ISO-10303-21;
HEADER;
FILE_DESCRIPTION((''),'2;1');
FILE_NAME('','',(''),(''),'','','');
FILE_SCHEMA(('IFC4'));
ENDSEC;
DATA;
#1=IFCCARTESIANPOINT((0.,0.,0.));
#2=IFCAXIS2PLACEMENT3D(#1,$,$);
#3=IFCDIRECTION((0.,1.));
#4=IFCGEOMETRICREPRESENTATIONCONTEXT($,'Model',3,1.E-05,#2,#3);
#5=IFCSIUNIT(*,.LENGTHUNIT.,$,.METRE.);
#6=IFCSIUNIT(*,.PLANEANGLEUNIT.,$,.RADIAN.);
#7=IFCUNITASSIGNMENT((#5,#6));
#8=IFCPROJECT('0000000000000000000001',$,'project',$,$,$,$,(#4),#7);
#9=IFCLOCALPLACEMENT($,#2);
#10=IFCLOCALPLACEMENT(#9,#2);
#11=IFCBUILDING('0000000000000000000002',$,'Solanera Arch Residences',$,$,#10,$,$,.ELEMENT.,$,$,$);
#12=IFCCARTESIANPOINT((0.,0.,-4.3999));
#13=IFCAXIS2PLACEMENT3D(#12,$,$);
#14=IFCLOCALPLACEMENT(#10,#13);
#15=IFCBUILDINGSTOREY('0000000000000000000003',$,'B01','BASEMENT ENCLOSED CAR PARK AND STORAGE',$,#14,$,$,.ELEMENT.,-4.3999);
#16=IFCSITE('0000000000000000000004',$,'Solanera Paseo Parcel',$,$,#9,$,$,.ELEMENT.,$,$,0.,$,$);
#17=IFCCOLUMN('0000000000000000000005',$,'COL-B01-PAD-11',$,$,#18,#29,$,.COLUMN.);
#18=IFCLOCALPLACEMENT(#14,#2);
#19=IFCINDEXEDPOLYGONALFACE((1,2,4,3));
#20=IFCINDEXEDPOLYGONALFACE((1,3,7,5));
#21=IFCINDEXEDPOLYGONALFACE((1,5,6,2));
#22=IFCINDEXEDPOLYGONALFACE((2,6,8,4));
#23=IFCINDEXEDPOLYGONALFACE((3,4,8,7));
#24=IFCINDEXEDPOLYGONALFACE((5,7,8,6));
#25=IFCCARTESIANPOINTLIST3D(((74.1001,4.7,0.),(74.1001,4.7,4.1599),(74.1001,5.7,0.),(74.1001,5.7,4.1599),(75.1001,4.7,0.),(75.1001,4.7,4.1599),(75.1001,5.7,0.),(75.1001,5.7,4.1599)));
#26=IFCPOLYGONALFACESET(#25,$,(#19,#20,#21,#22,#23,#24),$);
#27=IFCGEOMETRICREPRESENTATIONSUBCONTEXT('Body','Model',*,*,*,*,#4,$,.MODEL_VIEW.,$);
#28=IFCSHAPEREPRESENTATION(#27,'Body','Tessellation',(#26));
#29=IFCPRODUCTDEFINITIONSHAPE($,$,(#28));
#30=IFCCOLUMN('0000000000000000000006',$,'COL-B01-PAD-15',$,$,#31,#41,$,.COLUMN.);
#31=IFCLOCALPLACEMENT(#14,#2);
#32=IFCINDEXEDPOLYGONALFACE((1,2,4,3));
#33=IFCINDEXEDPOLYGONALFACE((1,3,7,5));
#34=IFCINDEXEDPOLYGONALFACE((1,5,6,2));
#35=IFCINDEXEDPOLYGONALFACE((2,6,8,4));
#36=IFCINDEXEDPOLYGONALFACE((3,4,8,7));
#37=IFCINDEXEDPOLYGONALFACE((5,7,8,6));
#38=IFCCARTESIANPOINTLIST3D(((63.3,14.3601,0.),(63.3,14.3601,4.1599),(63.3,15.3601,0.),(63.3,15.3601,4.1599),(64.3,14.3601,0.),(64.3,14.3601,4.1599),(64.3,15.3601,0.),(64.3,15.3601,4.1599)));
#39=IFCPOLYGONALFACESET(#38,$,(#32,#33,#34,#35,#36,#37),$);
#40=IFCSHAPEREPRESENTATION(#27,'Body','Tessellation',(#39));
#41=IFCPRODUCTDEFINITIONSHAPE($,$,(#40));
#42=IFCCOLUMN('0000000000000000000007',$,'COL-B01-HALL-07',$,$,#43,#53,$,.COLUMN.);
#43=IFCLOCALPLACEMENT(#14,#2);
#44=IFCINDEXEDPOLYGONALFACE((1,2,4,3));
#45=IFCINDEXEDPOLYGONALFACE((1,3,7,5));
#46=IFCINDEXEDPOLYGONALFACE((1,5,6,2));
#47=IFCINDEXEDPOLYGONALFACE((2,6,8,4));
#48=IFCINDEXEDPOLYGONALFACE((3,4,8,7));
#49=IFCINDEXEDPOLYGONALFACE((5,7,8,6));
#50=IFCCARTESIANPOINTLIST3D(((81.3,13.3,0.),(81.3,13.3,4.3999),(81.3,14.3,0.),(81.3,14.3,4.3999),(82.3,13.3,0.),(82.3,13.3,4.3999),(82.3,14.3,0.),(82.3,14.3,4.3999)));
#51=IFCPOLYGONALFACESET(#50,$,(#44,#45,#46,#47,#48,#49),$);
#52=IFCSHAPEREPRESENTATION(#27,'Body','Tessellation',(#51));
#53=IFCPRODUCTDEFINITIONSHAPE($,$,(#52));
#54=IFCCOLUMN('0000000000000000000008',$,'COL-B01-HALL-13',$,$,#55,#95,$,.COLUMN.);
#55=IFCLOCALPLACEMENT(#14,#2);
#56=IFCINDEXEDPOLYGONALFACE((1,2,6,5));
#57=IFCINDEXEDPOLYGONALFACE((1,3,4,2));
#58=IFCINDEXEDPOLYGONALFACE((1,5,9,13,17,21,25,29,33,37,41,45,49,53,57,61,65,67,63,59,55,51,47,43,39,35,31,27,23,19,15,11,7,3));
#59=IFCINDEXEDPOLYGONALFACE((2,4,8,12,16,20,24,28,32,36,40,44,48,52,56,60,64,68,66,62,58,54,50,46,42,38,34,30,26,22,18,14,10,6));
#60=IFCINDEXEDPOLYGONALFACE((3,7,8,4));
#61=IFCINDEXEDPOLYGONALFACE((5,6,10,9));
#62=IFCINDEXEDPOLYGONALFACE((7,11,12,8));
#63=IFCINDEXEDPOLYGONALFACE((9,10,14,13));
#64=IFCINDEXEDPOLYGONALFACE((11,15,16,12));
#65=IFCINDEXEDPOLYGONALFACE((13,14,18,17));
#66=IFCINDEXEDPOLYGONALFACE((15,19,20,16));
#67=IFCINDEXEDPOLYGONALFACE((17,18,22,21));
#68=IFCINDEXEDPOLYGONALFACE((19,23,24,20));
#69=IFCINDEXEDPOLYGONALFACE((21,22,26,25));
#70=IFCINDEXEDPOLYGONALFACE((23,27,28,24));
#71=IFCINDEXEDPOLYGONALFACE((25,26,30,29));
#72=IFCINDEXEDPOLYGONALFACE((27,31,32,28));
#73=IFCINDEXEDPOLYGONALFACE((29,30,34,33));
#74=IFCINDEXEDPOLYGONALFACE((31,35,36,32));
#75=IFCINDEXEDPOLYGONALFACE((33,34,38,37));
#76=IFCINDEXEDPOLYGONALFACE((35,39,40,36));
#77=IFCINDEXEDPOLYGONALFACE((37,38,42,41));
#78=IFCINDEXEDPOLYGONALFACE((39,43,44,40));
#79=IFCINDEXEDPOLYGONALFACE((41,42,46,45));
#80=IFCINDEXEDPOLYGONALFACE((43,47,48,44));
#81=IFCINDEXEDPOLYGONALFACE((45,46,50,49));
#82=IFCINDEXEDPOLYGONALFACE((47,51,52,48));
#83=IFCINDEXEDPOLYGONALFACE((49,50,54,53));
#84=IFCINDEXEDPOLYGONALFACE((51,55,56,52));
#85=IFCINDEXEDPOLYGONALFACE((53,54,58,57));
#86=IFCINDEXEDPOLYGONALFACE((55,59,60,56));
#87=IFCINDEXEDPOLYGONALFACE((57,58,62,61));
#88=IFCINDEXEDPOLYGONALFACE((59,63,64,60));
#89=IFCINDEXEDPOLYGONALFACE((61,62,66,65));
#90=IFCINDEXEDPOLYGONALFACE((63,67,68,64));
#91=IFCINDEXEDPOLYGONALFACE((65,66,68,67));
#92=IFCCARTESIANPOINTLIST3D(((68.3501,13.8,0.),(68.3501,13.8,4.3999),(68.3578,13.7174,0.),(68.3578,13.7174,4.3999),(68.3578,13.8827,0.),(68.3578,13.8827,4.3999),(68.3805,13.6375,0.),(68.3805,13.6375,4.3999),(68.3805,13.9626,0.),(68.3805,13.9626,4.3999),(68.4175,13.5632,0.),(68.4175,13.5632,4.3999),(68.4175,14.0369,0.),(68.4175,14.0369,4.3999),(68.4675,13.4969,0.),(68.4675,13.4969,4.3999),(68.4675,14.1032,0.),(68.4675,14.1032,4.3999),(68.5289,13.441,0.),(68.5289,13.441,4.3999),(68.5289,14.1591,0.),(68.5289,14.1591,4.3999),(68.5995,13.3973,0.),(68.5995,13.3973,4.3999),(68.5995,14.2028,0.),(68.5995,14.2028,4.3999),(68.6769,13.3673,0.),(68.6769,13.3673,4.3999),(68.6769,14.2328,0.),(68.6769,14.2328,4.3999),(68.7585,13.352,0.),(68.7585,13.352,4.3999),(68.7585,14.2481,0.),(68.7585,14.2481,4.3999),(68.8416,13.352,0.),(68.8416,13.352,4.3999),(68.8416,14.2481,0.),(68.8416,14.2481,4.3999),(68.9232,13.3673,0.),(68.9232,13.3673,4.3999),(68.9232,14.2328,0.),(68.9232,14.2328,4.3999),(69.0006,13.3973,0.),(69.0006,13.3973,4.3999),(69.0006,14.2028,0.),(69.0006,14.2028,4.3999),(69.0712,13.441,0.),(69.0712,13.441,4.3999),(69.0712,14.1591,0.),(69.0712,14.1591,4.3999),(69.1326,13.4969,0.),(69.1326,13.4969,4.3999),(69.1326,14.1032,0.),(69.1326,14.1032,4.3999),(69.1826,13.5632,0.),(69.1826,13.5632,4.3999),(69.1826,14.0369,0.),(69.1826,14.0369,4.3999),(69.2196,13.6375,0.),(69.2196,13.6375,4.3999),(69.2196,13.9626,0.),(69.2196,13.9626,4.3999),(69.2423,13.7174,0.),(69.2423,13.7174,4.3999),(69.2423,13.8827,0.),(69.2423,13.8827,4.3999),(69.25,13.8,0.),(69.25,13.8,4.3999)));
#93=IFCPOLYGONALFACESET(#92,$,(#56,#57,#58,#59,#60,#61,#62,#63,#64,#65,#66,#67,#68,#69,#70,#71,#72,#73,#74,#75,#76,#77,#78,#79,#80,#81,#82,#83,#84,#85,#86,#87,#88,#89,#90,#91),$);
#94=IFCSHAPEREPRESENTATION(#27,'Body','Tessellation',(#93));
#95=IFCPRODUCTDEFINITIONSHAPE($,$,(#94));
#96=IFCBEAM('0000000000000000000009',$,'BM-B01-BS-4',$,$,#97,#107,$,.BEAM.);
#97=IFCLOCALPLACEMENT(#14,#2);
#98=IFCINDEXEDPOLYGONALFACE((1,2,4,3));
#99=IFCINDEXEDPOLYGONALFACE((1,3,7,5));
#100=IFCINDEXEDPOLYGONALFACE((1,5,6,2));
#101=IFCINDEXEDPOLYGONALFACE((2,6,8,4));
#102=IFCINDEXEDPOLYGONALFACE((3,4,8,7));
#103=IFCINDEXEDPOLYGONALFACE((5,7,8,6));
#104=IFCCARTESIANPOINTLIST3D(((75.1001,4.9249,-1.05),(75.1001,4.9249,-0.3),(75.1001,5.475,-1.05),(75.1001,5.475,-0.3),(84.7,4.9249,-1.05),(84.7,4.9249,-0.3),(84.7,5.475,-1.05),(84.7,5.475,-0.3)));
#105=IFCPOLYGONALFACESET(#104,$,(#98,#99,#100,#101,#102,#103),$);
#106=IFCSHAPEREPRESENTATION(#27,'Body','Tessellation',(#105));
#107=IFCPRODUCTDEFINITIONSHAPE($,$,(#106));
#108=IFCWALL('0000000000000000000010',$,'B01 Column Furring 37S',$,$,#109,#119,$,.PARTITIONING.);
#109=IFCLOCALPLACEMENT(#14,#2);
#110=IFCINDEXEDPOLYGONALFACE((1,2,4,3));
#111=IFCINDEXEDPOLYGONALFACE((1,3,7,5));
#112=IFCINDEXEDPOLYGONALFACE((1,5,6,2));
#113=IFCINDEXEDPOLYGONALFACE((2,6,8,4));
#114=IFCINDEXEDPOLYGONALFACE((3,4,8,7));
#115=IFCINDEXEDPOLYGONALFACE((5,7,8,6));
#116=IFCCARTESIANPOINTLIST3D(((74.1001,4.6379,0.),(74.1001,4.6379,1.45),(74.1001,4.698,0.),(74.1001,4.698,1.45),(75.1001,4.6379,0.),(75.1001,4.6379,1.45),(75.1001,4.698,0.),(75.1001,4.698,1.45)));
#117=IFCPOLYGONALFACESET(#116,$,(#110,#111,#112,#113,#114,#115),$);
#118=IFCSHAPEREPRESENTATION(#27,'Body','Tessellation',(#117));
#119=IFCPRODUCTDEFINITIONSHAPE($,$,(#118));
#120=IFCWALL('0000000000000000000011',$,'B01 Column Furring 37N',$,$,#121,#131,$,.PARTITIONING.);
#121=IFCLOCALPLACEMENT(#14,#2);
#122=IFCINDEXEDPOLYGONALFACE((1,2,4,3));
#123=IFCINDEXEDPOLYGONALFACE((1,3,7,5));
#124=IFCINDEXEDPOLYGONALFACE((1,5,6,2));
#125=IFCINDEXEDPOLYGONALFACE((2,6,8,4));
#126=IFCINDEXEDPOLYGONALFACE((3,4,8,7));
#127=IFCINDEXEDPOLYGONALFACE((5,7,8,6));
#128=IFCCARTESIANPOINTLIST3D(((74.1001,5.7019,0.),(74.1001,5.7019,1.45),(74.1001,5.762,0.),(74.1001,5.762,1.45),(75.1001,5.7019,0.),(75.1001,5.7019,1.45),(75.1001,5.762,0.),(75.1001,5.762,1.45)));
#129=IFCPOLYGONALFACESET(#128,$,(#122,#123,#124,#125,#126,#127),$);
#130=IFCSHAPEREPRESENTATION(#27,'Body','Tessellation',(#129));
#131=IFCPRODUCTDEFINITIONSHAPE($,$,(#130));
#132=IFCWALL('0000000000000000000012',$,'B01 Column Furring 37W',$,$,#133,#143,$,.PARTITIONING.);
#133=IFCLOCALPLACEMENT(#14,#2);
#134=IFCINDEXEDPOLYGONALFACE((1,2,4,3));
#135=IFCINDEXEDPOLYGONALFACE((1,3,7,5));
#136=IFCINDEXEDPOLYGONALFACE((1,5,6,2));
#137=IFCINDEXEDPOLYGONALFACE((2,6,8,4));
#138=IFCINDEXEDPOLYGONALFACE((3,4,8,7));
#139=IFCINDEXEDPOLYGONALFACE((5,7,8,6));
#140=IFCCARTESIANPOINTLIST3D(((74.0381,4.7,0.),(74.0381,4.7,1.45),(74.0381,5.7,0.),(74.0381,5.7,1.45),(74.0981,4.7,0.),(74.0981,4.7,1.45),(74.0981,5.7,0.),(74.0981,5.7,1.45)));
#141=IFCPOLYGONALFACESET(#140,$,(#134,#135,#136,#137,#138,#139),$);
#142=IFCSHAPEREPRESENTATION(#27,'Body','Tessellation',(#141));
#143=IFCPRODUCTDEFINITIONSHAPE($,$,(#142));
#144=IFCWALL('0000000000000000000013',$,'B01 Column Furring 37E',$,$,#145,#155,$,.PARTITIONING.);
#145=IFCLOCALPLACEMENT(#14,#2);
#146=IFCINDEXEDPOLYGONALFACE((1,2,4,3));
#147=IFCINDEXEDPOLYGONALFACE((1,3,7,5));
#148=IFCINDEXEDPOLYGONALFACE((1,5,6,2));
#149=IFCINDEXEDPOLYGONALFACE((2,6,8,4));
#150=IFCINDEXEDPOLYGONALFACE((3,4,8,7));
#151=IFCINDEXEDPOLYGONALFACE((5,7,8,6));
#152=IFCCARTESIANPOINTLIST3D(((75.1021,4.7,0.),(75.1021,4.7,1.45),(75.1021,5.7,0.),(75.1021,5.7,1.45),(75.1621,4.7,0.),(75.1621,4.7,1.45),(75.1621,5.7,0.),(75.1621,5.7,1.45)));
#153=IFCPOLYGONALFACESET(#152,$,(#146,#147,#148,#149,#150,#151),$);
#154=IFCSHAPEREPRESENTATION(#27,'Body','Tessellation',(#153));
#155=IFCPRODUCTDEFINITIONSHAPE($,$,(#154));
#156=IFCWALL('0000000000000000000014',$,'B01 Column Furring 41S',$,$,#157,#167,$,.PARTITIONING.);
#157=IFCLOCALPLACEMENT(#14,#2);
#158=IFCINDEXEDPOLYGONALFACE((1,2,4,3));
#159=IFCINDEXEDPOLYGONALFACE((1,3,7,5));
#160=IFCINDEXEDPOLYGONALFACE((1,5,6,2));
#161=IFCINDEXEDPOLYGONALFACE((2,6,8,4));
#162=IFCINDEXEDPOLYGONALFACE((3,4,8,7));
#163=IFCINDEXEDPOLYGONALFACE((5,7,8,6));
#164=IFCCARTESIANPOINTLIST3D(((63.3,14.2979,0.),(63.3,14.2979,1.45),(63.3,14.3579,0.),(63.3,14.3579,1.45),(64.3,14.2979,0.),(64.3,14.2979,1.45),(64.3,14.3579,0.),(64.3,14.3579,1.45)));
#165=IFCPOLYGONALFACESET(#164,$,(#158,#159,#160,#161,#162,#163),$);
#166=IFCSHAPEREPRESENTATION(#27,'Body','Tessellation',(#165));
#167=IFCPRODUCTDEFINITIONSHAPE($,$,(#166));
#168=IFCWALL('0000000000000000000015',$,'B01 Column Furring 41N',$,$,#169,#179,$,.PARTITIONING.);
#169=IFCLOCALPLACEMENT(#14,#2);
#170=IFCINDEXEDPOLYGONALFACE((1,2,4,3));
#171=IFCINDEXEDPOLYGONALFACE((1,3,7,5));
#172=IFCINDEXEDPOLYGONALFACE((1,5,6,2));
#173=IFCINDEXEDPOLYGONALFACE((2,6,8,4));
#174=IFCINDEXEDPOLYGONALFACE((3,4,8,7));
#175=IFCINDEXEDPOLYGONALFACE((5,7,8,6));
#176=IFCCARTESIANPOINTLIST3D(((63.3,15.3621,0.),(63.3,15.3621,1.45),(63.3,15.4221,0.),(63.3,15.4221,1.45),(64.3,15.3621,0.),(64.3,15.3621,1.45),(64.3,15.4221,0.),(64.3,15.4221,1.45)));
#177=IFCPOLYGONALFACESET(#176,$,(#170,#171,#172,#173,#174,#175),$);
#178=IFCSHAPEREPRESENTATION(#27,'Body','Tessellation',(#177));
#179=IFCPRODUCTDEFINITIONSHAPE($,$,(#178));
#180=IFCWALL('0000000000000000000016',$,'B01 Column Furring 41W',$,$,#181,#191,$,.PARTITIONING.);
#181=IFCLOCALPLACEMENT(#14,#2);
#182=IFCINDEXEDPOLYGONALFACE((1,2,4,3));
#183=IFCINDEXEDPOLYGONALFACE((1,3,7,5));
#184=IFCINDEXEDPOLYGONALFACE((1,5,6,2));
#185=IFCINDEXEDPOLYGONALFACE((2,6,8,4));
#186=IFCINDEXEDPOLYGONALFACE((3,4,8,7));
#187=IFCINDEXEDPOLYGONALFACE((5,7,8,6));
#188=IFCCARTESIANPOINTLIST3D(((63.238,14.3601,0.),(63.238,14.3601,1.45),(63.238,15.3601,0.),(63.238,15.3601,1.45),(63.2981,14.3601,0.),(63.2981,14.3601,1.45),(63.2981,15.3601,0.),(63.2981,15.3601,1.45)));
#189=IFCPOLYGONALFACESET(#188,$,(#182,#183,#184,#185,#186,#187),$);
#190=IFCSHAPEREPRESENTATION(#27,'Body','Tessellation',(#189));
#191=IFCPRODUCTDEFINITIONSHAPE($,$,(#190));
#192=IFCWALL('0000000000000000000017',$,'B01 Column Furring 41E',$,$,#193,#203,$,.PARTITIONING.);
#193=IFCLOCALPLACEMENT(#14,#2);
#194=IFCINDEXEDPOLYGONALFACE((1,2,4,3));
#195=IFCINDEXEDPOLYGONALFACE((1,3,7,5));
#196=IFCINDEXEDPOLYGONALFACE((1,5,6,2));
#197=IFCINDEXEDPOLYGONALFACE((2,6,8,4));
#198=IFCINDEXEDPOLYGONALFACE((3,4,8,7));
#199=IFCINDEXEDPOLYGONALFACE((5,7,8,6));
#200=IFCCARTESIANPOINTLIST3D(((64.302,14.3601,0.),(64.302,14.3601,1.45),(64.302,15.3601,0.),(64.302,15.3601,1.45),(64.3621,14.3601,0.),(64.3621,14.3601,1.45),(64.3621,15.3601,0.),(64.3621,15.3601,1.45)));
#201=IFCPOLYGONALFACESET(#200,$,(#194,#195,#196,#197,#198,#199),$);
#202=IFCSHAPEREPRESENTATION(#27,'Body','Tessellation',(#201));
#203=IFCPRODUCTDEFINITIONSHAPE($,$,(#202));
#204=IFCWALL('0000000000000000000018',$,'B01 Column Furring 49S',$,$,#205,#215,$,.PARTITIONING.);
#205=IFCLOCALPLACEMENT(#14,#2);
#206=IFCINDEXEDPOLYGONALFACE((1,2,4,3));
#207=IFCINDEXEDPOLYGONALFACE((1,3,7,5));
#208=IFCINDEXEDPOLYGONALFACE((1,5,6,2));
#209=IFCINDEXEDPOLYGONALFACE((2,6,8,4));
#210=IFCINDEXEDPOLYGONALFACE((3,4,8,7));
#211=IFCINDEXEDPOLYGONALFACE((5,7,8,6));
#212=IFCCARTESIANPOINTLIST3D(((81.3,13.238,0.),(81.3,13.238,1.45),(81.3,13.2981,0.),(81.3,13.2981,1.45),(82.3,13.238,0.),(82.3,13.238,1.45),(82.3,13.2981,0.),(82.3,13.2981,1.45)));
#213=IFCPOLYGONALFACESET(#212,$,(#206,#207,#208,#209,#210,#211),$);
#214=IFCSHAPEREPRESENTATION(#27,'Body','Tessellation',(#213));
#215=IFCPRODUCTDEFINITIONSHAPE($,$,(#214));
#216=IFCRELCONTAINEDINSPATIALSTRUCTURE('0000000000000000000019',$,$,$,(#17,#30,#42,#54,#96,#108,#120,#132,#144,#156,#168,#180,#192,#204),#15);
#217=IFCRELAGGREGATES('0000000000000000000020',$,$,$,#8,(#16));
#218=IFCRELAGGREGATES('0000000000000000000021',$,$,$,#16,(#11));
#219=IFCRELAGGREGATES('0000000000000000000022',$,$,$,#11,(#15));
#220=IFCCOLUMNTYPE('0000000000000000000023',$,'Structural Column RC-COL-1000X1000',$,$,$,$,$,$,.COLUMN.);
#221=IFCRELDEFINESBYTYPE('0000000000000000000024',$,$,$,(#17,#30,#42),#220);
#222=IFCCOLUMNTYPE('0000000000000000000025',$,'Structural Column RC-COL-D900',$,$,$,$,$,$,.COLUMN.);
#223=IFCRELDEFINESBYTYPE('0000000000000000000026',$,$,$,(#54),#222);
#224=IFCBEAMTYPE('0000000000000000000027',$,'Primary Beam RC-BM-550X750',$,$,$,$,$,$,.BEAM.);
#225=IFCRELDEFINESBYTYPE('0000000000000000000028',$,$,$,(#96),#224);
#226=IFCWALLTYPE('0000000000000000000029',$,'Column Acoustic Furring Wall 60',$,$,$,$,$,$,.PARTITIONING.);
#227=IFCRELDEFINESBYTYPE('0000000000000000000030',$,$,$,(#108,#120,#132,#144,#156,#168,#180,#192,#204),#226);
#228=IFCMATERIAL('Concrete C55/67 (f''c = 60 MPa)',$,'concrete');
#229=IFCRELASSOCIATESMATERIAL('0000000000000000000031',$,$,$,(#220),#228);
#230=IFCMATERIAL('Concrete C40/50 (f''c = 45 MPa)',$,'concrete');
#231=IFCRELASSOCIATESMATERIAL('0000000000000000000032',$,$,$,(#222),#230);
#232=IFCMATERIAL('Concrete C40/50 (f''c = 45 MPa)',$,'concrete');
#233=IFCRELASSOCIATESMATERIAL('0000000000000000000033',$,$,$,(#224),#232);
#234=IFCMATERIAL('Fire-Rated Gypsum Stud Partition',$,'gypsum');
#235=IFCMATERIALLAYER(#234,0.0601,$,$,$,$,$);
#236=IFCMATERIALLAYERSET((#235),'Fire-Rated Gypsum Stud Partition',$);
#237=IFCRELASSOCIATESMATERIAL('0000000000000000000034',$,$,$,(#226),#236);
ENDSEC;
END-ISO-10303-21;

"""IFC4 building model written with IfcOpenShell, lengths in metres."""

from ifc_helpers import new_model, si_unit, direction, frame, frame_2d, origin, origin_2d, place, context, subcontext, project, spatial, rectangle, circle, extrude, material, layer, layer_set, material_profile, profile_set, type_object, element, save


model = new_model("IFC4")

# Units and contexts
model_context = context("Model", 3, precision=1e-05, world=origin(), true_north=direction((0.0, 1.0)))
body_context = subcontext(model_context, "Body", "Model", "MODEL_VIEW")
ifc_project = project(units=[si_unit("LENGTHUNIT", "METRE"), si_unit("PLANEANGLEUNIT", "RADIAN")], contexts=[model_context])

# Site, building, storey
site_placement = place(None, origin())
site = spatial("IfcSite", under=ifc_project, at=site_placement, Name="Solanera Paseo Parcel", CompositionType="ELEMENT", RefElevation=0.0)
building_placement = place(site_placement, origin())
building = spatial("IfcBuilding", under=site, at=building_placement, Name="Solanera Arch Residences", CompositionType="ELEMENT")
storey_placement = place(building_placement, frame((0.0, 0.0, -4.3999)))
storey = spatial("IfcBuildingStorey", under=building, at=storey_placement, Name="B01", Description="BASEMENT ENCLOSED CAR PARK AND STORAGE", CompositionType="ELEMENT", Elevation=-4.3999)

# Columns
ifc_material_1 = material(Name="Concrete C55/67 (f'c = 60 MPa)", Category="concrete")
ifc_material_profile_1 = material_profile(ifc_material_1, rectangle(XDim=1.0, YDim=1.0, at=origin_2d()))
ifc_profile_set_1 = profile_set([ifc_material_profile_1], Name="Concrete C55/67 (f'c = 60 MPa)")
column_type_1 = type_object("IfcColumnType", Name="Structural Column RC-COL-1000X1000", PredefinedType="COLUMN", material=ifc_profile_set_1)
for number, where, z_axis, x_axis, name in (
    (1, (74.6001, 5.2, 0.0), (0.0, 0.0, 1.0), (1.0, 0.0, 0.0), "COL-B01-PAD-11"),
    (2, (63.8, 14.8601, 0.0), (0.0, 0.0, 1.0), (1.0, 0.0, 0.0), "COL-B01-PAD-15"),
):
    element("IfcColumn", number, at=place(storey_placement, frame(where, z_axis=z_axis, x_axis=x_axis)), inside=storey, type_object=column_type_1, Name=name, PredefinedType="COLUMN", context=body_context, shape_type="SweptSolid", body=[
        extrude(rectangle(XDim=1.0, YDim=1.0, at=origin_2d()), origin(), (0.0, 0.0, 1.0), 4.1599),
    ])
column_1_placement = place(storey_placement, frame((81.8, 13.8, 0.0), z_axis=(0.0, 0.0, 1.0), x_axis=(1.0, 0.0, 0.0)))
element("IfcColumn", 3, at=column_1_placement, inside=storey, type_object=column_type_1, Name="COL-B01-HALL-07", PredefinedType="COLUMN", context=body_context, shape_type="SweptSolid", body=[
    extrude(rectangle(XDim=1.0, YDim=1.0, at=origin_2d()), origin(), (0.0, 0.0, 1.0), 4.3999),
])
ifc_material_2 = material(Name="Concrete C40/50 (f'c = 45 MPa)", Category="concrete")
ifc_material_profile_2 = material_profile(ifc_material_2, circle(Radius=0.45, at=origin_2d()))
ifc_profile_set_2 = profile_set([ifc_material_profile_2], Name="Concrete C40/50 (f'c = 45 MPa)")
column_type_2 = type_object("IfcColumnType", Name="Structural Column RC-COL-D900", PredefinedType="COLUMN", material=ifc_profile_set_2)
column_2_placement = place(storey_placement, frame((68.8, 13.8, 0.0), z_axis=(0.0, 0.0, 1.0), x_axis=(1.0, 0.0, 0.0)))
element("IfcColumn", 4, at=column_2_placement, inside=storey, type_object=column_type_2, Name="COL-B01-HALL-13", PredefinedType="COLUMN", context=body_context, shape_type="SweptSolid", body=[
    extrude(circle(Radius=0.45, at=origin_2d()), origin(), (0.0, 0.0, 1.0), 4.3999),
])

# Beam
ifc_material_3 = material(Name="Concrete C40/50 (f'c = 45 MPa)", Category="concrete")
ifc_material_profile_3 = material_profile(ifc_material_3, rectangle(XDim=0.55, YDim=0.75, at=origin_2d()))
ifc_profile_set_3 = profile_set([ifc_material_profile_3], Name="Concrete C40/50 (f'c = 45 MPa)")
beam_type = type_object("IfcBeamType", Name="Primary Beam RC-BM-550X750", PredefinedType="BEAM", material=ifc_profile_set_3)
beam_placement = place(storey_placement, frame((75.1001, 5.2, -0.675), z_axis=(1.0, 0.0, 0.0), x_axis=(0.0, 1.0, 0.0)))
element("IfcBeam", 5, at=beam_placement, inside=storey, type_object=beam_type, Name="BM-B01-BS-4", PredefinedType="BEAM", context=body_context, shape_type="SweptSolid", body=[
    extrude(rectangle(XDim=0.55, YDim=0.75, at=origin_2d()), origin(), (0.0, 0.0, 1.0), 9.5999),
])

# Walls
ifc_material_4 = material(Name="Fire-Rated Gypsum Stud Partition", Category="gypsum")
ifc_layer_1 = layer(ifc_material_4, 0.0601)
ifc_layer_set_1 = layer_set([ifc_layer_1], Name="Fire-Rated Gypsum Stud Partition")
wall_type_1 = type_object("IfcWallType", Name="Column Acoustic Furring Wall 60", PredefinedType="PARTITIONING", material=ifc_layer_set_1)
for number, where, z_axis, x_axis, name in (
    (6, (74.1001, 4.668, 0.0), (0.0, 0.0, 1.0), (1.0, 0.0, 0.0), "B01 Column Furring 37S"),
    (7, (74.1001, 5.7319, 0.0), (0.0, 0.0, 1.0), (1.0, 0.0, 0.0), "B01 Column Furring 37N"),
    (8, (74.0681, 4.7, 0.0), (0.0, 0.0, 1.0), (0.0, 1.0, 0.0), "B01 Column Furring 37W"),
    (9, (75.1321, 4.7, 0.0), (0.0, 0.0, 1.0), (0.0, 1.0, 0.0), "B01 Column Furring 37E"),
    (10, (63.3, 14.3279, 0.0), (0.0, 0.0, 1.0), (1.0, 0.0, 0.0), "B01 Column Furring 41S"),
    (11, (63.3, 15.3921, 0.0), (0.0, 0.0, 1.0), (1.0, 0.0, 0.0), "B01 Column Furring 41N"),
    (12, (63.2681, 14.3601, 0.0), (0.0, 0.0, 1.0), (0.0, 1.0, 0.0), "B01 Column Furring 41W"),
    (13, (64.332, 14.3601, 0.0), (0.0, 0.0, 1.0), (0.0, 1.0, 0.0), "B01 Column Furring 41E"),
    (14, (81.3, 13.2681, 0.0), (0.0, 0.0, 1.0), (1.0, 0.0, 0.0), "B01 Column Furring 49S"),
):
    element("IfcWall", number, at=place(storey_placement, frame(where, z_axis=z_axis, x_axis=x_axis)), inside=storey, type_object=wall_type_1, Name=name, PredefinedType="PARTITIONING", context=body_context, shape_type="SweptSolid", body=[
        extrude(rectangle(XDim=1.0, YDim=0.0601, at=frame_2d((0.5, 0.0))), origin(), (0.0, 0.0, 1.0), 1.45),
    ])

save(model, "model.ifc")
